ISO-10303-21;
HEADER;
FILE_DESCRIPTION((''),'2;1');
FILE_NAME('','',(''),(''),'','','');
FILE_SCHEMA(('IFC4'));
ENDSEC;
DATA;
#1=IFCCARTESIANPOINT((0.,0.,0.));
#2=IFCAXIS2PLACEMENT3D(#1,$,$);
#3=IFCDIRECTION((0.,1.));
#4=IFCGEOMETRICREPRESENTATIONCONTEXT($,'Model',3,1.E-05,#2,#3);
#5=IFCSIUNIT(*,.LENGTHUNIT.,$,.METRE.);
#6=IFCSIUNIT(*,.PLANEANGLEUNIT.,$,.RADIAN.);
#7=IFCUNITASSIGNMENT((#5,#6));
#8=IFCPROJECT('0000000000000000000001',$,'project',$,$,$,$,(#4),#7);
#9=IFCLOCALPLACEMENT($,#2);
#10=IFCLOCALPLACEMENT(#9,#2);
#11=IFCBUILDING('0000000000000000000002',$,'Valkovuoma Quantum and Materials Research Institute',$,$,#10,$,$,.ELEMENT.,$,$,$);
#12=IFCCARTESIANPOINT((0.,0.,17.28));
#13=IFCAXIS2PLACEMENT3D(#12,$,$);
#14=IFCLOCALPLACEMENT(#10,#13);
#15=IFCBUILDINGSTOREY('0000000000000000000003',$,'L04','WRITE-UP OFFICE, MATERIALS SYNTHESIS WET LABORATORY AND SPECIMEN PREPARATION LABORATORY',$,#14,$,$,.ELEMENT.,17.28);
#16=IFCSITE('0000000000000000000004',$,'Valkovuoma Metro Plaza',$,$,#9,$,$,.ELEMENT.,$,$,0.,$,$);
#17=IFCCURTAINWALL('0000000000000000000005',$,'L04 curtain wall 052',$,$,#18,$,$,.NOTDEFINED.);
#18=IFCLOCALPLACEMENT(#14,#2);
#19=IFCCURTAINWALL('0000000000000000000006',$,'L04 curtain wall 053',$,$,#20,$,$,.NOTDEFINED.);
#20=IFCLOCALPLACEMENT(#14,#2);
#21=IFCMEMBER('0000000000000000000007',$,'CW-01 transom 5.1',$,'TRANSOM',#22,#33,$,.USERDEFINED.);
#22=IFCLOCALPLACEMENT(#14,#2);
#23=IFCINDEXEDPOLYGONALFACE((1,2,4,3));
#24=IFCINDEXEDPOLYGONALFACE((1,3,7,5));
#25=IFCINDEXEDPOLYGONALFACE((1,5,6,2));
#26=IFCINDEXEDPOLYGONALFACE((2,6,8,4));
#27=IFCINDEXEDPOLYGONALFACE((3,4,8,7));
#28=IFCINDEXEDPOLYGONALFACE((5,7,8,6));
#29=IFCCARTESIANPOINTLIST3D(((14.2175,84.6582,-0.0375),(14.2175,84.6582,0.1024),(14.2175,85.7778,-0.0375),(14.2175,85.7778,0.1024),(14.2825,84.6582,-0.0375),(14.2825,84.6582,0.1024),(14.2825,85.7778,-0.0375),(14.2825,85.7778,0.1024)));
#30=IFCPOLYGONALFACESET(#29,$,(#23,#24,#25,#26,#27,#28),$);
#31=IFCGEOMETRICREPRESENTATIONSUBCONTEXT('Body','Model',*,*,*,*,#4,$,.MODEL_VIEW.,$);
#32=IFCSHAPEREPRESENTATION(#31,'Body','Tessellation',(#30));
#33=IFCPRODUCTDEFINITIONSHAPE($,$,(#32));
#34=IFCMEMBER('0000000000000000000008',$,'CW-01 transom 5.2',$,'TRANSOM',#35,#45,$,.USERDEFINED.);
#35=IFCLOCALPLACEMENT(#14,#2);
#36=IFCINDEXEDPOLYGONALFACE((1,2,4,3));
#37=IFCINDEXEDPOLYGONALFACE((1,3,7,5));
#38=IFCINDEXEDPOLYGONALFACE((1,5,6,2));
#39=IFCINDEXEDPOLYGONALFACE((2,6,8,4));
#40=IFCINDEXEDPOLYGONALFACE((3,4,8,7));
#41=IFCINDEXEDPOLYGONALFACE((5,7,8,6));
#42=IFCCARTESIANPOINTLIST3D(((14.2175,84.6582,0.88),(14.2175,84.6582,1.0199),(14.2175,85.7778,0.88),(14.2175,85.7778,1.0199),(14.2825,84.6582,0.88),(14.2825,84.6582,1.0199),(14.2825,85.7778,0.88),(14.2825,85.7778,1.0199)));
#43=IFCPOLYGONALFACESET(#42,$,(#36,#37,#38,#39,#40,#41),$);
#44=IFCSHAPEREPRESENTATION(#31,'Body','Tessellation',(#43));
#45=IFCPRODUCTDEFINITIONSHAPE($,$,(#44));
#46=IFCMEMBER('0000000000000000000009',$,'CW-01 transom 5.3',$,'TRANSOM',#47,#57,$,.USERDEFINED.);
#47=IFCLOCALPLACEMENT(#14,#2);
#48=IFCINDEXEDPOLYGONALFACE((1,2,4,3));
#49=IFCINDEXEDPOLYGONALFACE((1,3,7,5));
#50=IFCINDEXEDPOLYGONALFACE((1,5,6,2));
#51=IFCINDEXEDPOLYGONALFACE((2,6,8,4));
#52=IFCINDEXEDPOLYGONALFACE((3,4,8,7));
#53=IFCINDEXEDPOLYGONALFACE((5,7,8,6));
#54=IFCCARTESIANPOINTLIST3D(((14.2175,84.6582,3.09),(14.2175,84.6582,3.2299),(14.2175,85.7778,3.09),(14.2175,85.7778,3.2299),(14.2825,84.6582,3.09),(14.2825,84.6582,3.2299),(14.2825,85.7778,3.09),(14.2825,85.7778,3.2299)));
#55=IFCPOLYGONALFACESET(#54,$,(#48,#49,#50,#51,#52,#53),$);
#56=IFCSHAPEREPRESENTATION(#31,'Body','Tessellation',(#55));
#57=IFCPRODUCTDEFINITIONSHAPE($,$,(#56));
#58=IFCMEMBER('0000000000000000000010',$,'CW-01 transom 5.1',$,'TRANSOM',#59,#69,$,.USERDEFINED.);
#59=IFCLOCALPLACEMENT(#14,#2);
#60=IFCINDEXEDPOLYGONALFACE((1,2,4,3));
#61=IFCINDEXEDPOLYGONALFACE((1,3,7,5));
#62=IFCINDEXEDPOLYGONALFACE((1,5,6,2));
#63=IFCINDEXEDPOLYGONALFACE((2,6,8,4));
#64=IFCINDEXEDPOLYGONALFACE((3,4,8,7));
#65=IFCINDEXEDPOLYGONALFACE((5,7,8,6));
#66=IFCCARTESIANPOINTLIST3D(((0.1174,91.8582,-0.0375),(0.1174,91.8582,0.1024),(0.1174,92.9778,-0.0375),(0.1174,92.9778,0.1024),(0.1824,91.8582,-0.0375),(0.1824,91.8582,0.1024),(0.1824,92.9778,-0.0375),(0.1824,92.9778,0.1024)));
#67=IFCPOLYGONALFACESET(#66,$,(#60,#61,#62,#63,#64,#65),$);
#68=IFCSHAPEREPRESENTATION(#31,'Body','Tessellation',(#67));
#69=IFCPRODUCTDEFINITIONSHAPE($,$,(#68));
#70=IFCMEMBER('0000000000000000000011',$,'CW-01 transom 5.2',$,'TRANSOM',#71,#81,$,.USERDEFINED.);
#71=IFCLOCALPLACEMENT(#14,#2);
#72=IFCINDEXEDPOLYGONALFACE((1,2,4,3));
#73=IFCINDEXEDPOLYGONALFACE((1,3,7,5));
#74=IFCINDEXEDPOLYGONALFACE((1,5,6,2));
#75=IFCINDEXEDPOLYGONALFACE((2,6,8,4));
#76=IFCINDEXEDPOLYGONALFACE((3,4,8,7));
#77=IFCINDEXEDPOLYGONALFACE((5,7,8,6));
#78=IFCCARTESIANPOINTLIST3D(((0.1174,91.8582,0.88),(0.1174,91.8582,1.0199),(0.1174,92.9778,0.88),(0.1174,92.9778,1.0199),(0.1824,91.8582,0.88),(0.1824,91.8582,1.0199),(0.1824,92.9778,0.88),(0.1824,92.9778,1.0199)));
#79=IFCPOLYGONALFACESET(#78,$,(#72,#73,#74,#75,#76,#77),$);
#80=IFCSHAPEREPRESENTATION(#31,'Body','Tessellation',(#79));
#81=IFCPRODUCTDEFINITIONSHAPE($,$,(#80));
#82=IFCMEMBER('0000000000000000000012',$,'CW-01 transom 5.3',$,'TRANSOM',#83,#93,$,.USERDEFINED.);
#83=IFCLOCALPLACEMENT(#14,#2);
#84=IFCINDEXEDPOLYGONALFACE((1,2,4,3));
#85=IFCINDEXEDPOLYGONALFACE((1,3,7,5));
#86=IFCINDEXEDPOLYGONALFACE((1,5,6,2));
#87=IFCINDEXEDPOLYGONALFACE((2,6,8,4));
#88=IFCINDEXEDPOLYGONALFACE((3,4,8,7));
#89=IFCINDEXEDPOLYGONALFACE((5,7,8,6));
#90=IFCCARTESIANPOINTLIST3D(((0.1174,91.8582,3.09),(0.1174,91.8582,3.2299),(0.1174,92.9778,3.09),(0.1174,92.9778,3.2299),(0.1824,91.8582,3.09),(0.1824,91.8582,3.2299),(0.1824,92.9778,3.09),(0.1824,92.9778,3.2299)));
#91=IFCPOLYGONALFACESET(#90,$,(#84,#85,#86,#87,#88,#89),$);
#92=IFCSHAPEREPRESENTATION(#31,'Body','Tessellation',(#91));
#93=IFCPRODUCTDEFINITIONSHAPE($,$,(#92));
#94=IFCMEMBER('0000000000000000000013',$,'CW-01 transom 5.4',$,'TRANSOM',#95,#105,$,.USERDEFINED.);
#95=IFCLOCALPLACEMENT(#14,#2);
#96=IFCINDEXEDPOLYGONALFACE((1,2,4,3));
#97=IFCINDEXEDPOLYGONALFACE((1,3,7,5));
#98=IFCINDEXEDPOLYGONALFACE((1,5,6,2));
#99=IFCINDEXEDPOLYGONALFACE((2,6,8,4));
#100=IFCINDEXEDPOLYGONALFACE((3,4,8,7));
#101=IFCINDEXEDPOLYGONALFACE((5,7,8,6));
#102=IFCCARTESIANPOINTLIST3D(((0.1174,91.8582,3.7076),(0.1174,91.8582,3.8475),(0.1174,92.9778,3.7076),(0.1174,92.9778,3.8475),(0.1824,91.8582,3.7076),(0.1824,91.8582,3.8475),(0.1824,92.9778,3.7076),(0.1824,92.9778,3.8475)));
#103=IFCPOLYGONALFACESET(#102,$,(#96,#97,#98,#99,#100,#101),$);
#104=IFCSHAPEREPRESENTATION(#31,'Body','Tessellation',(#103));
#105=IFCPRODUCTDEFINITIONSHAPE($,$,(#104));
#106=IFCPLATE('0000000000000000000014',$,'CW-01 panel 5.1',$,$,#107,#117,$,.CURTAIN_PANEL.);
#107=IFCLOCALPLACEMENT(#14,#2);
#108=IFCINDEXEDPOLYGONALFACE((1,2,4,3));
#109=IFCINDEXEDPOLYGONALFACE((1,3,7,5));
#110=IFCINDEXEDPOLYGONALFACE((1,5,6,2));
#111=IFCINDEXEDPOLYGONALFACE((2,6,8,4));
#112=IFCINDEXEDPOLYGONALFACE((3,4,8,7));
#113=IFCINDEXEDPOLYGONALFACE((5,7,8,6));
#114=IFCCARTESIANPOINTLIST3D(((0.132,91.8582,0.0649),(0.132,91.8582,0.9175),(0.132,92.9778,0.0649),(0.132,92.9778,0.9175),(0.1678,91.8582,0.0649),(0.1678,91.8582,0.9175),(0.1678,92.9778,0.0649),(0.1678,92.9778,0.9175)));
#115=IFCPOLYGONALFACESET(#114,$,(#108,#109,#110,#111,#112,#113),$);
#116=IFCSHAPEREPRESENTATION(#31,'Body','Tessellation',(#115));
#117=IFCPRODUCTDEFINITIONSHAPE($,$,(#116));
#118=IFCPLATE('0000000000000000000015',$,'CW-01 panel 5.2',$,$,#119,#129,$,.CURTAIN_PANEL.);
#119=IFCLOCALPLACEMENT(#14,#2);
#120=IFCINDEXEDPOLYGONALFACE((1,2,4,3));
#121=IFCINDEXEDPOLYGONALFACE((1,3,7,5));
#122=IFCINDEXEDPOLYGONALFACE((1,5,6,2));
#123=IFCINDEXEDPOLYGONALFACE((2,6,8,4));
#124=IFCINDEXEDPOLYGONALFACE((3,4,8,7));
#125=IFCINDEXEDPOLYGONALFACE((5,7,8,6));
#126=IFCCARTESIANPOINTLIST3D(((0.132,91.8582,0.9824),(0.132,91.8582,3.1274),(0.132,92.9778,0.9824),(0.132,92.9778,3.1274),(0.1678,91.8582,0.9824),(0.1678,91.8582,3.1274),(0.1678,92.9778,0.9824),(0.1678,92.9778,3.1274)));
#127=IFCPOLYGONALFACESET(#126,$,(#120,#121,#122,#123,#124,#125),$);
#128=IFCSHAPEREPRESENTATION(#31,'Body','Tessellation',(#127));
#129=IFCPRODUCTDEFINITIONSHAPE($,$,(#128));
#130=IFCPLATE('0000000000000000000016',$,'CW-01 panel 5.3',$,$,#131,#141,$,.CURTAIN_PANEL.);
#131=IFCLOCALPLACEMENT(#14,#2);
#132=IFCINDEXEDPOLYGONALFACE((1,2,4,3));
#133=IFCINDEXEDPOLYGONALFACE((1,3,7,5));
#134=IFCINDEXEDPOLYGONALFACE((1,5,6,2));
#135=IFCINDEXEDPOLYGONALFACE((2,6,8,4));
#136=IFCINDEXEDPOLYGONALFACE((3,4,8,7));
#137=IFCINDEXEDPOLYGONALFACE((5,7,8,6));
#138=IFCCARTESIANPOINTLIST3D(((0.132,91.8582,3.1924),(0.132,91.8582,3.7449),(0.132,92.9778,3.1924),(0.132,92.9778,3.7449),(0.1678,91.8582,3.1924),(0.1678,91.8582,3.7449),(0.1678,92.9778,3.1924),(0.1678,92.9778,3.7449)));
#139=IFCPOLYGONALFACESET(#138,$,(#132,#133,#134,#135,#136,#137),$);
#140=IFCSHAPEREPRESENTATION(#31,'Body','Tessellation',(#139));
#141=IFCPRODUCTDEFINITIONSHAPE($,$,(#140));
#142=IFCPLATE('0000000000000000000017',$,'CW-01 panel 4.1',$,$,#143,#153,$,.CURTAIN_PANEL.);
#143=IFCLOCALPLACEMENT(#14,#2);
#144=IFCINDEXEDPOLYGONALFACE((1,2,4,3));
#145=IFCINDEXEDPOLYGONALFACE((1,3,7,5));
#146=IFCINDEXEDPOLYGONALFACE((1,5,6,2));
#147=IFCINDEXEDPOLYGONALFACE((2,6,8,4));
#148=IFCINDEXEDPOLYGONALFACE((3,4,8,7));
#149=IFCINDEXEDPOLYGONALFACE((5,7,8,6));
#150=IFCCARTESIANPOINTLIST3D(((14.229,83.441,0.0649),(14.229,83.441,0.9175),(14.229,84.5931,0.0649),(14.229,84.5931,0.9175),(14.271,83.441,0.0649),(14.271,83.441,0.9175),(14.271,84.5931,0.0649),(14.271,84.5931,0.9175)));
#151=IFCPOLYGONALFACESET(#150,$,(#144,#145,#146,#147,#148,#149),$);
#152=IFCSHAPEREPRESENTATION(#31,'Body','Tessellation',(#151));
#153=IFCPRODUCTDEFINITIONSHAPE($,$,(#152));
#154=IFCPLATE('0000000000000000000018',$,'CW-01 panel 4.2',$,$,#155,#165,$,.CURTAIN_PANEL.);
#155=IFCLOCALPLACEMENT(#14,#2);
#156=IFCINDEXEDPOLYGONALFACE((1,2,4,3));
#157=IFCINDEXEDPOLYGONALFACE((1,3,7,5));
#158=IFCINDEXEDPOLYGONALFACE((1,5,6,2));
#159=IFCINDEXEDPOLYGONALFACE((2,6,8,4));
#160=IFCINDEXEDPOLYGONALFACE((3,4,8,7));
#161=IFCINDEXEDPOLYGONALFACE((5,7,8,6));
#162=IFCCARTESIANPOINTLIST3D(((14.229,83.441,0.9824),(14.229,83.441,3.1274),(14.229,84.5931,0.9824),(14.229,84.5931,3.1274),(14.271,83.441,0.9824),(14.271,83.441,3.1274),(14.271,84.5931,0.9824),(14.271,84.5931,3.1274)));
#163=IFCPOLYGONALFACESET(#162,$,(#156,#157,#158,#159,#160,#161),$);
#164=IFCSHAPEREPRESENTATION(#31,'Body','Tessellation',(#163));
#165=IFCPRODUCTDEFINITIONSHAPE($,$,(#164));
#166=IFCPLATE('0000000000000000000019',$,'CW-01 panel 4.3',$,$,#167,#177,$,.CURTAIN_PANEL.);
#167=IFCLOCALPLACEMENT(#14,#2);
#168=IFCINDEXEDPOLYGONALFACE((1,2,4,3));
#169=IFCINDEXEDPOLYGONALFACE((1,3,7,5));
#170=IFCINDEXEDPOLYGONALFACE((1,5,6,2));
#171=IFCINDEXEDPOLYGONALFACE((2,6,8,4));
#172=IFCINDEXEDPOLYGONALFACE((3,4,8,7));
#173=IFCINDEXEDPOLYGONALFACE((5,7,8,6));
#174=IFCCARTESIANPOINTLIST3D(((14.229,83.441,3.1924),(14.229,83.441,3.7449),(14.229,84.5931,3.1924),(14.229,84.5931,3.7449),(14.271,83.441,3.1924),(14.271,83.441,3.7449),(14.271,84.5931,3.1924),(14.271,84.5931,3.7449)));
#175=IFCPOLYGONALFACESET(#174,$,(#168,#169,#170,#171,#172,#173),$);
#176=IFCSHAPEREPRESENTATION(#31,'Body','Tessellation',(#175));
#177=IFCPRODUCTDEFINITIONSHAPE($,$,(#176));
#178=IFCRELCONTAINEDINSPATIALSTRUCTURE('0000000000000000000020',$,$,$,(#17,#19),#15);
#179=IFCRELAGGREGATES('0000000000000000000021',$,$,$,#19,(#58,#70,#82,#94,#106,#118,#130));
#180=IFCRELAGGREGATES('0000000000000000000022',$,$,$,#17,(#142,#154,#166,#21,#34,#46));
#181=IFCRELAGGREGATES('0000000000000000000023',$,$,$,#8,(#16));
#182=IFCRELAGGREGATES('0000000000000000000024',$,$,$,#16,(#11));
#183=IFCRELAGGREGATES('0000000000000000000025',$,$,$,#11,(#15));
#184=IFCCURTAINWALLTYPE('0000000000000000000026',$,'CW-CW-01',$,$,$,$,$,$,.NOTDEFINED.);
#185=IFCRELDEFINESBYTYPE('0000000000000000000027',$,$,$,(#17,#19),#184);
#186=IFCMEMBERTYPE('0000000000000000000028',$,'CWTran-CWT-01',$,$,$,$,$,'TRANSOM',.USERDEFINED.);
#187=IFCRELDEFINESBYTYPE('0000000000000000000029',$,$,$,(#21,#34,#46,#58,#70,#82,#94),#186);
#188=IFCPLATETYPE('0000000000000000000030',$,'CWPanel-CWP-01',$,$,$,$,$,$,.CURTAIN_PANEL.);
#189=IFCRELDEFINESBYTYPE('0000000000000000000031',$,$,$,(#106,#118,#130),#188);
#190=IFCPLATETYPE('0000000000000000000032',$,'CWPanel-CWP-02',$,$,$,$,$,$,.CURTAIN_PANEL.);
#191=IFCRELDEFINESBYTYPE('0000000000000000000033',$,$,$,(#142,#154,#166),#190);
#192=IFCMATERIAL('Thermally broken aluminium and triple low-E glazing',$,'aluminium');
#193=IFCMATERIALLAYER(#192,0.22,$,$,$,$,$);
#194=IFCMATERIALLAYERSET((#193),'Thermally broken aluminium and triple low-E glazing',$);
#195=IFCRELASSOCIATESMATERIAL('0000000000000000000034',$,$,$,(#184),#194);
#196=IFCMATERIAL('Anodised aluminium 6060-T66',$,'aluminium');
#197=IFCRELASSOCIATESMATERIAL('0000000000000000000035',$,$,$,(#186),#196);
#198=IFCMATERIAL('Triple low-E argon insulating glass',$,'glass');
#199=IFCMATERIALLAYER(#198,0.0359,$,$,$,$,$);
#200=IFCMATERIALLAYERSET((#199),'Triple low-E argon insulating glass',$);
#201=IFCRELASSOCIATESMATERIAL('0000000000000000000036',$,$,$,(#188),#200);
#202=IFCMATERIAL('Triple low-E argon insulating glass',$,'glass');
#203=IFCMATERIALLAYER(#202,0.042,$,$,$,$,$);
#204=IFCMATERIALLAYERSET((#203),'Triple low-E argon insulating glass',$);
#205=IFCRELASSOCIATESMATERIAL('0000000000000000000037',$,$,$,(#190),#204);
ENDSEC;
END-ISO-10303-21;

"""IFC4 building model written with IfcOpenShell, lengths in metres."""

from ifc_helpers import new_model, si_unit, direction, frame, origin, origin_2d, place, context, subcontext, project, spatial, rectangle, extrude, material, layer, layer_set, material_profile, profile_set, type_object, element, aggregate, save


model = new_model("IFC4")

# Units and contexts
model_context = context("Model", 3, precision=1e-05, world=origin(), true_north=direction((0.0, 1.0)))
body_context = subcontext(model_context, "Body", "Model", "MODEL_VIEW")
ifc_project = project(units=[si_unit("LENGTHUNIT", "METRE"), si_unit("PLANEANGLEUNIT", "RADIAN")], contexts=[model_context])

# Site, building, storey
site_placement = place(None, origin())
site = spatial("IfcSite", under=ifc_project, at=site_placement, Name="Valkovuoma Metro Plaza", CompositionType="ELEMENT", RefElevation=0.0)
building_placement = place(site_placement, origin())
building = spatial("IfcBuilding", under=site, at=building_placement, Name="Valkovuoma Quantum and Materials Research Institute", CompositionType="ELEMENT")
storey_placement = place(building_placement, frame((0.0, 0.0, 17.28)))
storey = spatial("IfcBuildingStorey", under=building, at=storey_placement, Name="L04", Description="WRITE-UP OFFICE, MATERIALS SYNTHESIS WET LABORATORY AND SPECIMEN PREPARATION LABORATORY", CompositionType="ELEMENT", Elevation=17.28)

# Curtain wall
ifc_material_1 = material(Name="Thermally broken aluminium and triple low-E glazing", Category="aluminium")
ifc_layer_1 = layer(ifc_material_1, 0.22)
ifc_layer_set_1 = layer_set([ifc_layer_1], Name="Thermally broken aluminium and triple low-E glazing")
curtain_wall_type = type_object("IfcCurtainWallType", Name="CW-CW-01", PredefinedType="NOTDEFINED", material=ifc_layer_set_1)
curtain_wall_1_placement = place(storey_placement, origin())
curtain_wall_1 = element("IfcCurtainWall", 1, at=curtain_wall_1_placement, inside=storey, type_object=curtain_wall_type, Name="L04 curtain wall 052", PredefinedType="NOTDEFINED")

# Curtain wall
curtain_wall_2_placement = place(storey_placement, origin())
curtain_wall_2 = element("IfcCurtainWall", 2, at=curtain_wall_2_placement, inside=storey, type_object=curtain_wall_type, Name="L04 curtain wall 053", PredefinedType="NOTDEFINED")

# Members
ifc_material_2 = material(Name="Anodised aluminium 6060-T66", Category="aluminium")
ifc_material_profile_1 = material_profile(ifc_material_2, rectangle(XDim=0.0649, YDim=0.1399, at=origin_2d()), Name="Anodised aluminium 6060-T66")
ifc_profile_set_1 = profile_set([ifc_material_profile_1], Name="Anodised aluminium 6060-T66")
member_type_1 = type_object("IfcMemberType", Name="CWTran-CWT-01", ElementType="TRANSOM", PredefinedType="USERDEFINED", material=ifc_profile_set_1)
member_1_placement = place(storey_placement, frame((14.25, 84.6582, 0.0325), z_axis=(0.0, 1.0, 0.0), x_axis=(-1.0, 0.0, 0.0)))
member_1 = element("IfcMember", 3, at=member_1_placement, type_object=member_type_1, Name="CW-01 transom 5.1", ObjectType="TRANSOM", PredefinedType="USERDEFINED", context=body_context, shape_type="SweptSolid", body=[
    extrude(rectangle(XDim=0.0649, YDim=0.1399, at=origin_2d()), origin(), (0.0, 0.0, 1.0), 1.1196),
])
member_2_placement = place(storey_placement, frame((14.25, 84.6582, 0.95), z_axis=(0.0, 1.0, 0.0), x_axis=(-1.0, 0.0, 0.0)))
member_2 = element("IfcMember", 4, at=member_2_placement, type_object=member_type_1, Name="CW-01 transom 5.2", ObjectType="TRANSOM", PredefinedType="USERDEFINED", context=body_context, shape_type="SweptSolid", body=[
    extrude(rectangle(XDim=0.0649, YDim=0.1399, at=origin_2d()), origin(), (0.0, 0.0, 1.0), 1.1196),
])
member_3_placement = place(storey_placement, frame((14.25, 84.6582, 3.1599), z_axis=(0.0, 1.0, 0.0), x_axis=(-1.0, 0.0, 0.0)))
member_3 = element("IfcMember", 5, at=member_3_placement, type_object=member_type_1, Name="CW-01 transom 5.3", ObjectType="TRANSOM", PredefinedType="USERDEFINED", context=body_context, shape_type="SweptSolid", body=[
    extrude(rectangle(XDim=0.0649, YDim=0.1399, at=origin_2d()), origin(), (0.0, 0.0, 1.0), 1.1196),
])
member_4_placement = place(storey_placement, frame((0.1499, 91.8582, 0.0325), z_axis=(0.0, 1.0, 0.0), x_axis=(-1.0, 0.0, 0.0)))
member_4 = element("IfcMember", 6, at=member_4_placement, type_object=member_type_1, Name="CW-01 transom 5.1", ObjectType="TRANSOM", PredefinedType="USERDEFINED", context=body_context, shape_type="SweptSolid", body=[
    extrude(rectangle(XDim=0.0649, YDim=0.1399, at=origin_2d()), origin(), (0.0, 0.0, 1.0), 1.1196),
])
member_5_placement = place(storey_placement, frame((0.1499, 91.8582, 0.95), z_axis=(0.0, 1.0, 0.0), x_axis=(-1.0, 0.0, 0.0)))
member_5 = element("IfcMember", 7, at=member_5_placement, type_object=member_type_1, Name="CW-01 transom 5.2", ObjectType="TRANSOM", PredefinedType="USERDEFINED", context=body_context, shape_type="SweptSolid", body=[
    extrude(rectangle(XDim=0.0649, YDim=0.1399, at=origin_2d()), origin(), (0.0, 0.0, 1.0), 1.1196),
])
member_6_placement = place(storey_placement, frame((0.1499, 91.8582, 3.1599), z_axis=(0.0, 1.0, 0.0), x_axis=(-1.0, 0.0, 0.0)))
member_6 = element("IfcMember", 8, at=member_6_placement, type_object=member_type_1, Name="CW-01 transom 5.3", ObjectType="TRANSOM", PredefinedType="USERDEFINED", context=body_context, shape_type="SweptSolid", body=[
    extrude(rectangle(XDim=0.0649, YDim=0.1399, at=origin_2d()), origin(), (0.0, 0.0, 1.0), 1.1196),
])
member_7_placement = place(storey_placement, frame((0.1499, 91.8582, 3.7776), z_axis=(0.0, 1.0, 0.0), x_axis=(-1.0, 0.0, 0.0)))
member_7 = element("IfcMember", 9, at=member_7_placement, type_object=member_type_1, Name="CW-01 transom 5.4", ObjectType="TRANSOM", PredefinedType="USERDEFINED", context=body_context, shape_type="SweptSolid", body=[
    extrude(rectangle(XDim=0.0649, YDim=0.1399, at=origin_2d()), origin(), (0.0, 0.0, 1.0), 1.1196),
])

# Plates
ifc_material_3 = material(Name="Triple low-E argon insulating glass", Category="glass")
ifc_layer_2 = layer(ifc_material_3, 0.0359)
ifc_layer_set_2 = layer_set([ifc_layer_2], Name="Triple low-E argon insulating glass")
plate_type_1 = type_object("IfcPlateType", Name="CWPanel-CWP-01", PredefinedType="CURTAIN_PANEL", material=ifc_layer_set_2)
plate_1_placement = place(storey_placement, frame((0.1499, 92.418, 0.0649), z_axis=(0.0, 0.0, 1.0), x_axis=(0.0, 1.0, 0.0)))
plate_1 = element("IfcPlate", 10, at=plate_1_placement, type_object=plate_type_1, Name="CW-01 panel 5.1", PredefinedType="CURTAIN_PANEL", context=body_context, shape_type="SweptSolid", body=[
    extrude(rectangle(XDim=1.1196, YDim=0.0359, at=origin_2d()), origin(), (0.0, 0.0, 1.0), 0.8525),
])
plate_2_placement = place(storey_placement, frame((0.1499, 92.418, 0.9824), z_axis=(0.0, 0.0, 1.0), x_axis=(0.0, 1.0, 0.0)))
plate_2 = element("IfcPlate", 11, at=plate_2_placement, type_object=plate_type_1, Name="CW-01 panel 5.2", PredefinedType="CURTAIN_PANEL", context=body_context, shape_type="SweptSolid", body=[
    extrude(rectangle(XDim=1.1196, YDim=0.0359, at=origin_2d()), origin(), (0.0, 0.0, 1.0), 2.145),
])
plate_3_placement = place(storey_placement, frame((0.1499, 92.418, 3.1924), z_axis=(0.0, 0.0, 1.0), x_axis=(0.0, 1.0, 0.0)))
plate_3 = element("IfcPlate", 12, at=plate_3_placement, type_object=plate_type_1, Name="CW-01 panel 5.3", PredefinedType="CURTAIN_PANEL", context=body_context, shape_type="SweptSolid", body=[
    extrude(rectangle(XDim=1.1196, YDim=0.0359, at=origin_2d()), origin(), (0.0, 0.0, 1.0), 0.5525),
])
aggregate(curtain_wall_2, [member_4, member_5, member_6, member_7, plate_1, plate_2, plate_3])
ifc_material_4 = material(Name="Triple low-E argon insulating glass", Category="glass")
ifc_layer_3 = layer(ifc_material_4, 0.042)
ifc_layer_set_3 = layer_set([ifc_layer_3], Name="Triple low-E argon insulating glass")
plate_type_2 = type_object("IfcPlateType", Name="CWPanel-CWP-02", PredefinedType="CURTAIN_PANEL", material=ifc_layer_set_3)
plate_4_placement = place(storey_placement, frame((14.25, 84.0171, 0.0649), z_axis=(0.0, 0.0, 1.0), x_axis=(0.0, 1.0, 0.0)))
plate_4 = element("IfcPlate", 13, at=plate_4_placement, type_object=plate_type_2, Name="CW-01 panel 4.1", PredefinedType="CURTAIN_PANEL", context=body_context, shape_type="SweptSolid", body=[
    extrude(rectangle(XDim=1.1521, YDim=0.042, at=origin_2d()), origin(), (0.0, 0.0, 1.0), 0.8525),
])
plate_5_placement = place(storey_placement, frame((14.25, 84.0171, 0.9824), z_axis=(0.0, 0.0, 1.0), x_axis=(0.0, 1.0, 0.0)))
plate_5 = element("IfcPlate", 14, at=plate_5_placement, type_object=plate_type_2, Name="CW-01 panel 4.2", PredefinedType="CURTAIN_PANEL", context=body_context, shape_type="SweptSolid", body=[
    extrude(rectangle(XDim=1.1521, YDim=0.042, at=origin_2d()), origin(), (0.0, 0.0, 1.0), 2.145),
])
plate_6_placement = place(storey_placement, frame((14.25, 84.0171, 3.1924), z_axis=(0.0, 0.0, 1.0), x_axis=(0.0, 1.0, 0.0)))
plate_6 = element("IfcPlate", 15, at=plate_6_placement, type_object=plate_type_2, Name="CW-01 panel 4.3", PredefinedType="CURTAIN_PANEL", context=body_context, shape_type="SweptSolid", body=[
    extrude(rectangle(XDim=1.1521, YDim=0.042, at=origin_2d()), origin(), (0.0, 0.0, 1.0), 0.5525),
])
aggregate(curtain_wall_1, [plate_4, plate_5, plate_6, member_1, member_2, member_3])

save(model, "model.ifc")
